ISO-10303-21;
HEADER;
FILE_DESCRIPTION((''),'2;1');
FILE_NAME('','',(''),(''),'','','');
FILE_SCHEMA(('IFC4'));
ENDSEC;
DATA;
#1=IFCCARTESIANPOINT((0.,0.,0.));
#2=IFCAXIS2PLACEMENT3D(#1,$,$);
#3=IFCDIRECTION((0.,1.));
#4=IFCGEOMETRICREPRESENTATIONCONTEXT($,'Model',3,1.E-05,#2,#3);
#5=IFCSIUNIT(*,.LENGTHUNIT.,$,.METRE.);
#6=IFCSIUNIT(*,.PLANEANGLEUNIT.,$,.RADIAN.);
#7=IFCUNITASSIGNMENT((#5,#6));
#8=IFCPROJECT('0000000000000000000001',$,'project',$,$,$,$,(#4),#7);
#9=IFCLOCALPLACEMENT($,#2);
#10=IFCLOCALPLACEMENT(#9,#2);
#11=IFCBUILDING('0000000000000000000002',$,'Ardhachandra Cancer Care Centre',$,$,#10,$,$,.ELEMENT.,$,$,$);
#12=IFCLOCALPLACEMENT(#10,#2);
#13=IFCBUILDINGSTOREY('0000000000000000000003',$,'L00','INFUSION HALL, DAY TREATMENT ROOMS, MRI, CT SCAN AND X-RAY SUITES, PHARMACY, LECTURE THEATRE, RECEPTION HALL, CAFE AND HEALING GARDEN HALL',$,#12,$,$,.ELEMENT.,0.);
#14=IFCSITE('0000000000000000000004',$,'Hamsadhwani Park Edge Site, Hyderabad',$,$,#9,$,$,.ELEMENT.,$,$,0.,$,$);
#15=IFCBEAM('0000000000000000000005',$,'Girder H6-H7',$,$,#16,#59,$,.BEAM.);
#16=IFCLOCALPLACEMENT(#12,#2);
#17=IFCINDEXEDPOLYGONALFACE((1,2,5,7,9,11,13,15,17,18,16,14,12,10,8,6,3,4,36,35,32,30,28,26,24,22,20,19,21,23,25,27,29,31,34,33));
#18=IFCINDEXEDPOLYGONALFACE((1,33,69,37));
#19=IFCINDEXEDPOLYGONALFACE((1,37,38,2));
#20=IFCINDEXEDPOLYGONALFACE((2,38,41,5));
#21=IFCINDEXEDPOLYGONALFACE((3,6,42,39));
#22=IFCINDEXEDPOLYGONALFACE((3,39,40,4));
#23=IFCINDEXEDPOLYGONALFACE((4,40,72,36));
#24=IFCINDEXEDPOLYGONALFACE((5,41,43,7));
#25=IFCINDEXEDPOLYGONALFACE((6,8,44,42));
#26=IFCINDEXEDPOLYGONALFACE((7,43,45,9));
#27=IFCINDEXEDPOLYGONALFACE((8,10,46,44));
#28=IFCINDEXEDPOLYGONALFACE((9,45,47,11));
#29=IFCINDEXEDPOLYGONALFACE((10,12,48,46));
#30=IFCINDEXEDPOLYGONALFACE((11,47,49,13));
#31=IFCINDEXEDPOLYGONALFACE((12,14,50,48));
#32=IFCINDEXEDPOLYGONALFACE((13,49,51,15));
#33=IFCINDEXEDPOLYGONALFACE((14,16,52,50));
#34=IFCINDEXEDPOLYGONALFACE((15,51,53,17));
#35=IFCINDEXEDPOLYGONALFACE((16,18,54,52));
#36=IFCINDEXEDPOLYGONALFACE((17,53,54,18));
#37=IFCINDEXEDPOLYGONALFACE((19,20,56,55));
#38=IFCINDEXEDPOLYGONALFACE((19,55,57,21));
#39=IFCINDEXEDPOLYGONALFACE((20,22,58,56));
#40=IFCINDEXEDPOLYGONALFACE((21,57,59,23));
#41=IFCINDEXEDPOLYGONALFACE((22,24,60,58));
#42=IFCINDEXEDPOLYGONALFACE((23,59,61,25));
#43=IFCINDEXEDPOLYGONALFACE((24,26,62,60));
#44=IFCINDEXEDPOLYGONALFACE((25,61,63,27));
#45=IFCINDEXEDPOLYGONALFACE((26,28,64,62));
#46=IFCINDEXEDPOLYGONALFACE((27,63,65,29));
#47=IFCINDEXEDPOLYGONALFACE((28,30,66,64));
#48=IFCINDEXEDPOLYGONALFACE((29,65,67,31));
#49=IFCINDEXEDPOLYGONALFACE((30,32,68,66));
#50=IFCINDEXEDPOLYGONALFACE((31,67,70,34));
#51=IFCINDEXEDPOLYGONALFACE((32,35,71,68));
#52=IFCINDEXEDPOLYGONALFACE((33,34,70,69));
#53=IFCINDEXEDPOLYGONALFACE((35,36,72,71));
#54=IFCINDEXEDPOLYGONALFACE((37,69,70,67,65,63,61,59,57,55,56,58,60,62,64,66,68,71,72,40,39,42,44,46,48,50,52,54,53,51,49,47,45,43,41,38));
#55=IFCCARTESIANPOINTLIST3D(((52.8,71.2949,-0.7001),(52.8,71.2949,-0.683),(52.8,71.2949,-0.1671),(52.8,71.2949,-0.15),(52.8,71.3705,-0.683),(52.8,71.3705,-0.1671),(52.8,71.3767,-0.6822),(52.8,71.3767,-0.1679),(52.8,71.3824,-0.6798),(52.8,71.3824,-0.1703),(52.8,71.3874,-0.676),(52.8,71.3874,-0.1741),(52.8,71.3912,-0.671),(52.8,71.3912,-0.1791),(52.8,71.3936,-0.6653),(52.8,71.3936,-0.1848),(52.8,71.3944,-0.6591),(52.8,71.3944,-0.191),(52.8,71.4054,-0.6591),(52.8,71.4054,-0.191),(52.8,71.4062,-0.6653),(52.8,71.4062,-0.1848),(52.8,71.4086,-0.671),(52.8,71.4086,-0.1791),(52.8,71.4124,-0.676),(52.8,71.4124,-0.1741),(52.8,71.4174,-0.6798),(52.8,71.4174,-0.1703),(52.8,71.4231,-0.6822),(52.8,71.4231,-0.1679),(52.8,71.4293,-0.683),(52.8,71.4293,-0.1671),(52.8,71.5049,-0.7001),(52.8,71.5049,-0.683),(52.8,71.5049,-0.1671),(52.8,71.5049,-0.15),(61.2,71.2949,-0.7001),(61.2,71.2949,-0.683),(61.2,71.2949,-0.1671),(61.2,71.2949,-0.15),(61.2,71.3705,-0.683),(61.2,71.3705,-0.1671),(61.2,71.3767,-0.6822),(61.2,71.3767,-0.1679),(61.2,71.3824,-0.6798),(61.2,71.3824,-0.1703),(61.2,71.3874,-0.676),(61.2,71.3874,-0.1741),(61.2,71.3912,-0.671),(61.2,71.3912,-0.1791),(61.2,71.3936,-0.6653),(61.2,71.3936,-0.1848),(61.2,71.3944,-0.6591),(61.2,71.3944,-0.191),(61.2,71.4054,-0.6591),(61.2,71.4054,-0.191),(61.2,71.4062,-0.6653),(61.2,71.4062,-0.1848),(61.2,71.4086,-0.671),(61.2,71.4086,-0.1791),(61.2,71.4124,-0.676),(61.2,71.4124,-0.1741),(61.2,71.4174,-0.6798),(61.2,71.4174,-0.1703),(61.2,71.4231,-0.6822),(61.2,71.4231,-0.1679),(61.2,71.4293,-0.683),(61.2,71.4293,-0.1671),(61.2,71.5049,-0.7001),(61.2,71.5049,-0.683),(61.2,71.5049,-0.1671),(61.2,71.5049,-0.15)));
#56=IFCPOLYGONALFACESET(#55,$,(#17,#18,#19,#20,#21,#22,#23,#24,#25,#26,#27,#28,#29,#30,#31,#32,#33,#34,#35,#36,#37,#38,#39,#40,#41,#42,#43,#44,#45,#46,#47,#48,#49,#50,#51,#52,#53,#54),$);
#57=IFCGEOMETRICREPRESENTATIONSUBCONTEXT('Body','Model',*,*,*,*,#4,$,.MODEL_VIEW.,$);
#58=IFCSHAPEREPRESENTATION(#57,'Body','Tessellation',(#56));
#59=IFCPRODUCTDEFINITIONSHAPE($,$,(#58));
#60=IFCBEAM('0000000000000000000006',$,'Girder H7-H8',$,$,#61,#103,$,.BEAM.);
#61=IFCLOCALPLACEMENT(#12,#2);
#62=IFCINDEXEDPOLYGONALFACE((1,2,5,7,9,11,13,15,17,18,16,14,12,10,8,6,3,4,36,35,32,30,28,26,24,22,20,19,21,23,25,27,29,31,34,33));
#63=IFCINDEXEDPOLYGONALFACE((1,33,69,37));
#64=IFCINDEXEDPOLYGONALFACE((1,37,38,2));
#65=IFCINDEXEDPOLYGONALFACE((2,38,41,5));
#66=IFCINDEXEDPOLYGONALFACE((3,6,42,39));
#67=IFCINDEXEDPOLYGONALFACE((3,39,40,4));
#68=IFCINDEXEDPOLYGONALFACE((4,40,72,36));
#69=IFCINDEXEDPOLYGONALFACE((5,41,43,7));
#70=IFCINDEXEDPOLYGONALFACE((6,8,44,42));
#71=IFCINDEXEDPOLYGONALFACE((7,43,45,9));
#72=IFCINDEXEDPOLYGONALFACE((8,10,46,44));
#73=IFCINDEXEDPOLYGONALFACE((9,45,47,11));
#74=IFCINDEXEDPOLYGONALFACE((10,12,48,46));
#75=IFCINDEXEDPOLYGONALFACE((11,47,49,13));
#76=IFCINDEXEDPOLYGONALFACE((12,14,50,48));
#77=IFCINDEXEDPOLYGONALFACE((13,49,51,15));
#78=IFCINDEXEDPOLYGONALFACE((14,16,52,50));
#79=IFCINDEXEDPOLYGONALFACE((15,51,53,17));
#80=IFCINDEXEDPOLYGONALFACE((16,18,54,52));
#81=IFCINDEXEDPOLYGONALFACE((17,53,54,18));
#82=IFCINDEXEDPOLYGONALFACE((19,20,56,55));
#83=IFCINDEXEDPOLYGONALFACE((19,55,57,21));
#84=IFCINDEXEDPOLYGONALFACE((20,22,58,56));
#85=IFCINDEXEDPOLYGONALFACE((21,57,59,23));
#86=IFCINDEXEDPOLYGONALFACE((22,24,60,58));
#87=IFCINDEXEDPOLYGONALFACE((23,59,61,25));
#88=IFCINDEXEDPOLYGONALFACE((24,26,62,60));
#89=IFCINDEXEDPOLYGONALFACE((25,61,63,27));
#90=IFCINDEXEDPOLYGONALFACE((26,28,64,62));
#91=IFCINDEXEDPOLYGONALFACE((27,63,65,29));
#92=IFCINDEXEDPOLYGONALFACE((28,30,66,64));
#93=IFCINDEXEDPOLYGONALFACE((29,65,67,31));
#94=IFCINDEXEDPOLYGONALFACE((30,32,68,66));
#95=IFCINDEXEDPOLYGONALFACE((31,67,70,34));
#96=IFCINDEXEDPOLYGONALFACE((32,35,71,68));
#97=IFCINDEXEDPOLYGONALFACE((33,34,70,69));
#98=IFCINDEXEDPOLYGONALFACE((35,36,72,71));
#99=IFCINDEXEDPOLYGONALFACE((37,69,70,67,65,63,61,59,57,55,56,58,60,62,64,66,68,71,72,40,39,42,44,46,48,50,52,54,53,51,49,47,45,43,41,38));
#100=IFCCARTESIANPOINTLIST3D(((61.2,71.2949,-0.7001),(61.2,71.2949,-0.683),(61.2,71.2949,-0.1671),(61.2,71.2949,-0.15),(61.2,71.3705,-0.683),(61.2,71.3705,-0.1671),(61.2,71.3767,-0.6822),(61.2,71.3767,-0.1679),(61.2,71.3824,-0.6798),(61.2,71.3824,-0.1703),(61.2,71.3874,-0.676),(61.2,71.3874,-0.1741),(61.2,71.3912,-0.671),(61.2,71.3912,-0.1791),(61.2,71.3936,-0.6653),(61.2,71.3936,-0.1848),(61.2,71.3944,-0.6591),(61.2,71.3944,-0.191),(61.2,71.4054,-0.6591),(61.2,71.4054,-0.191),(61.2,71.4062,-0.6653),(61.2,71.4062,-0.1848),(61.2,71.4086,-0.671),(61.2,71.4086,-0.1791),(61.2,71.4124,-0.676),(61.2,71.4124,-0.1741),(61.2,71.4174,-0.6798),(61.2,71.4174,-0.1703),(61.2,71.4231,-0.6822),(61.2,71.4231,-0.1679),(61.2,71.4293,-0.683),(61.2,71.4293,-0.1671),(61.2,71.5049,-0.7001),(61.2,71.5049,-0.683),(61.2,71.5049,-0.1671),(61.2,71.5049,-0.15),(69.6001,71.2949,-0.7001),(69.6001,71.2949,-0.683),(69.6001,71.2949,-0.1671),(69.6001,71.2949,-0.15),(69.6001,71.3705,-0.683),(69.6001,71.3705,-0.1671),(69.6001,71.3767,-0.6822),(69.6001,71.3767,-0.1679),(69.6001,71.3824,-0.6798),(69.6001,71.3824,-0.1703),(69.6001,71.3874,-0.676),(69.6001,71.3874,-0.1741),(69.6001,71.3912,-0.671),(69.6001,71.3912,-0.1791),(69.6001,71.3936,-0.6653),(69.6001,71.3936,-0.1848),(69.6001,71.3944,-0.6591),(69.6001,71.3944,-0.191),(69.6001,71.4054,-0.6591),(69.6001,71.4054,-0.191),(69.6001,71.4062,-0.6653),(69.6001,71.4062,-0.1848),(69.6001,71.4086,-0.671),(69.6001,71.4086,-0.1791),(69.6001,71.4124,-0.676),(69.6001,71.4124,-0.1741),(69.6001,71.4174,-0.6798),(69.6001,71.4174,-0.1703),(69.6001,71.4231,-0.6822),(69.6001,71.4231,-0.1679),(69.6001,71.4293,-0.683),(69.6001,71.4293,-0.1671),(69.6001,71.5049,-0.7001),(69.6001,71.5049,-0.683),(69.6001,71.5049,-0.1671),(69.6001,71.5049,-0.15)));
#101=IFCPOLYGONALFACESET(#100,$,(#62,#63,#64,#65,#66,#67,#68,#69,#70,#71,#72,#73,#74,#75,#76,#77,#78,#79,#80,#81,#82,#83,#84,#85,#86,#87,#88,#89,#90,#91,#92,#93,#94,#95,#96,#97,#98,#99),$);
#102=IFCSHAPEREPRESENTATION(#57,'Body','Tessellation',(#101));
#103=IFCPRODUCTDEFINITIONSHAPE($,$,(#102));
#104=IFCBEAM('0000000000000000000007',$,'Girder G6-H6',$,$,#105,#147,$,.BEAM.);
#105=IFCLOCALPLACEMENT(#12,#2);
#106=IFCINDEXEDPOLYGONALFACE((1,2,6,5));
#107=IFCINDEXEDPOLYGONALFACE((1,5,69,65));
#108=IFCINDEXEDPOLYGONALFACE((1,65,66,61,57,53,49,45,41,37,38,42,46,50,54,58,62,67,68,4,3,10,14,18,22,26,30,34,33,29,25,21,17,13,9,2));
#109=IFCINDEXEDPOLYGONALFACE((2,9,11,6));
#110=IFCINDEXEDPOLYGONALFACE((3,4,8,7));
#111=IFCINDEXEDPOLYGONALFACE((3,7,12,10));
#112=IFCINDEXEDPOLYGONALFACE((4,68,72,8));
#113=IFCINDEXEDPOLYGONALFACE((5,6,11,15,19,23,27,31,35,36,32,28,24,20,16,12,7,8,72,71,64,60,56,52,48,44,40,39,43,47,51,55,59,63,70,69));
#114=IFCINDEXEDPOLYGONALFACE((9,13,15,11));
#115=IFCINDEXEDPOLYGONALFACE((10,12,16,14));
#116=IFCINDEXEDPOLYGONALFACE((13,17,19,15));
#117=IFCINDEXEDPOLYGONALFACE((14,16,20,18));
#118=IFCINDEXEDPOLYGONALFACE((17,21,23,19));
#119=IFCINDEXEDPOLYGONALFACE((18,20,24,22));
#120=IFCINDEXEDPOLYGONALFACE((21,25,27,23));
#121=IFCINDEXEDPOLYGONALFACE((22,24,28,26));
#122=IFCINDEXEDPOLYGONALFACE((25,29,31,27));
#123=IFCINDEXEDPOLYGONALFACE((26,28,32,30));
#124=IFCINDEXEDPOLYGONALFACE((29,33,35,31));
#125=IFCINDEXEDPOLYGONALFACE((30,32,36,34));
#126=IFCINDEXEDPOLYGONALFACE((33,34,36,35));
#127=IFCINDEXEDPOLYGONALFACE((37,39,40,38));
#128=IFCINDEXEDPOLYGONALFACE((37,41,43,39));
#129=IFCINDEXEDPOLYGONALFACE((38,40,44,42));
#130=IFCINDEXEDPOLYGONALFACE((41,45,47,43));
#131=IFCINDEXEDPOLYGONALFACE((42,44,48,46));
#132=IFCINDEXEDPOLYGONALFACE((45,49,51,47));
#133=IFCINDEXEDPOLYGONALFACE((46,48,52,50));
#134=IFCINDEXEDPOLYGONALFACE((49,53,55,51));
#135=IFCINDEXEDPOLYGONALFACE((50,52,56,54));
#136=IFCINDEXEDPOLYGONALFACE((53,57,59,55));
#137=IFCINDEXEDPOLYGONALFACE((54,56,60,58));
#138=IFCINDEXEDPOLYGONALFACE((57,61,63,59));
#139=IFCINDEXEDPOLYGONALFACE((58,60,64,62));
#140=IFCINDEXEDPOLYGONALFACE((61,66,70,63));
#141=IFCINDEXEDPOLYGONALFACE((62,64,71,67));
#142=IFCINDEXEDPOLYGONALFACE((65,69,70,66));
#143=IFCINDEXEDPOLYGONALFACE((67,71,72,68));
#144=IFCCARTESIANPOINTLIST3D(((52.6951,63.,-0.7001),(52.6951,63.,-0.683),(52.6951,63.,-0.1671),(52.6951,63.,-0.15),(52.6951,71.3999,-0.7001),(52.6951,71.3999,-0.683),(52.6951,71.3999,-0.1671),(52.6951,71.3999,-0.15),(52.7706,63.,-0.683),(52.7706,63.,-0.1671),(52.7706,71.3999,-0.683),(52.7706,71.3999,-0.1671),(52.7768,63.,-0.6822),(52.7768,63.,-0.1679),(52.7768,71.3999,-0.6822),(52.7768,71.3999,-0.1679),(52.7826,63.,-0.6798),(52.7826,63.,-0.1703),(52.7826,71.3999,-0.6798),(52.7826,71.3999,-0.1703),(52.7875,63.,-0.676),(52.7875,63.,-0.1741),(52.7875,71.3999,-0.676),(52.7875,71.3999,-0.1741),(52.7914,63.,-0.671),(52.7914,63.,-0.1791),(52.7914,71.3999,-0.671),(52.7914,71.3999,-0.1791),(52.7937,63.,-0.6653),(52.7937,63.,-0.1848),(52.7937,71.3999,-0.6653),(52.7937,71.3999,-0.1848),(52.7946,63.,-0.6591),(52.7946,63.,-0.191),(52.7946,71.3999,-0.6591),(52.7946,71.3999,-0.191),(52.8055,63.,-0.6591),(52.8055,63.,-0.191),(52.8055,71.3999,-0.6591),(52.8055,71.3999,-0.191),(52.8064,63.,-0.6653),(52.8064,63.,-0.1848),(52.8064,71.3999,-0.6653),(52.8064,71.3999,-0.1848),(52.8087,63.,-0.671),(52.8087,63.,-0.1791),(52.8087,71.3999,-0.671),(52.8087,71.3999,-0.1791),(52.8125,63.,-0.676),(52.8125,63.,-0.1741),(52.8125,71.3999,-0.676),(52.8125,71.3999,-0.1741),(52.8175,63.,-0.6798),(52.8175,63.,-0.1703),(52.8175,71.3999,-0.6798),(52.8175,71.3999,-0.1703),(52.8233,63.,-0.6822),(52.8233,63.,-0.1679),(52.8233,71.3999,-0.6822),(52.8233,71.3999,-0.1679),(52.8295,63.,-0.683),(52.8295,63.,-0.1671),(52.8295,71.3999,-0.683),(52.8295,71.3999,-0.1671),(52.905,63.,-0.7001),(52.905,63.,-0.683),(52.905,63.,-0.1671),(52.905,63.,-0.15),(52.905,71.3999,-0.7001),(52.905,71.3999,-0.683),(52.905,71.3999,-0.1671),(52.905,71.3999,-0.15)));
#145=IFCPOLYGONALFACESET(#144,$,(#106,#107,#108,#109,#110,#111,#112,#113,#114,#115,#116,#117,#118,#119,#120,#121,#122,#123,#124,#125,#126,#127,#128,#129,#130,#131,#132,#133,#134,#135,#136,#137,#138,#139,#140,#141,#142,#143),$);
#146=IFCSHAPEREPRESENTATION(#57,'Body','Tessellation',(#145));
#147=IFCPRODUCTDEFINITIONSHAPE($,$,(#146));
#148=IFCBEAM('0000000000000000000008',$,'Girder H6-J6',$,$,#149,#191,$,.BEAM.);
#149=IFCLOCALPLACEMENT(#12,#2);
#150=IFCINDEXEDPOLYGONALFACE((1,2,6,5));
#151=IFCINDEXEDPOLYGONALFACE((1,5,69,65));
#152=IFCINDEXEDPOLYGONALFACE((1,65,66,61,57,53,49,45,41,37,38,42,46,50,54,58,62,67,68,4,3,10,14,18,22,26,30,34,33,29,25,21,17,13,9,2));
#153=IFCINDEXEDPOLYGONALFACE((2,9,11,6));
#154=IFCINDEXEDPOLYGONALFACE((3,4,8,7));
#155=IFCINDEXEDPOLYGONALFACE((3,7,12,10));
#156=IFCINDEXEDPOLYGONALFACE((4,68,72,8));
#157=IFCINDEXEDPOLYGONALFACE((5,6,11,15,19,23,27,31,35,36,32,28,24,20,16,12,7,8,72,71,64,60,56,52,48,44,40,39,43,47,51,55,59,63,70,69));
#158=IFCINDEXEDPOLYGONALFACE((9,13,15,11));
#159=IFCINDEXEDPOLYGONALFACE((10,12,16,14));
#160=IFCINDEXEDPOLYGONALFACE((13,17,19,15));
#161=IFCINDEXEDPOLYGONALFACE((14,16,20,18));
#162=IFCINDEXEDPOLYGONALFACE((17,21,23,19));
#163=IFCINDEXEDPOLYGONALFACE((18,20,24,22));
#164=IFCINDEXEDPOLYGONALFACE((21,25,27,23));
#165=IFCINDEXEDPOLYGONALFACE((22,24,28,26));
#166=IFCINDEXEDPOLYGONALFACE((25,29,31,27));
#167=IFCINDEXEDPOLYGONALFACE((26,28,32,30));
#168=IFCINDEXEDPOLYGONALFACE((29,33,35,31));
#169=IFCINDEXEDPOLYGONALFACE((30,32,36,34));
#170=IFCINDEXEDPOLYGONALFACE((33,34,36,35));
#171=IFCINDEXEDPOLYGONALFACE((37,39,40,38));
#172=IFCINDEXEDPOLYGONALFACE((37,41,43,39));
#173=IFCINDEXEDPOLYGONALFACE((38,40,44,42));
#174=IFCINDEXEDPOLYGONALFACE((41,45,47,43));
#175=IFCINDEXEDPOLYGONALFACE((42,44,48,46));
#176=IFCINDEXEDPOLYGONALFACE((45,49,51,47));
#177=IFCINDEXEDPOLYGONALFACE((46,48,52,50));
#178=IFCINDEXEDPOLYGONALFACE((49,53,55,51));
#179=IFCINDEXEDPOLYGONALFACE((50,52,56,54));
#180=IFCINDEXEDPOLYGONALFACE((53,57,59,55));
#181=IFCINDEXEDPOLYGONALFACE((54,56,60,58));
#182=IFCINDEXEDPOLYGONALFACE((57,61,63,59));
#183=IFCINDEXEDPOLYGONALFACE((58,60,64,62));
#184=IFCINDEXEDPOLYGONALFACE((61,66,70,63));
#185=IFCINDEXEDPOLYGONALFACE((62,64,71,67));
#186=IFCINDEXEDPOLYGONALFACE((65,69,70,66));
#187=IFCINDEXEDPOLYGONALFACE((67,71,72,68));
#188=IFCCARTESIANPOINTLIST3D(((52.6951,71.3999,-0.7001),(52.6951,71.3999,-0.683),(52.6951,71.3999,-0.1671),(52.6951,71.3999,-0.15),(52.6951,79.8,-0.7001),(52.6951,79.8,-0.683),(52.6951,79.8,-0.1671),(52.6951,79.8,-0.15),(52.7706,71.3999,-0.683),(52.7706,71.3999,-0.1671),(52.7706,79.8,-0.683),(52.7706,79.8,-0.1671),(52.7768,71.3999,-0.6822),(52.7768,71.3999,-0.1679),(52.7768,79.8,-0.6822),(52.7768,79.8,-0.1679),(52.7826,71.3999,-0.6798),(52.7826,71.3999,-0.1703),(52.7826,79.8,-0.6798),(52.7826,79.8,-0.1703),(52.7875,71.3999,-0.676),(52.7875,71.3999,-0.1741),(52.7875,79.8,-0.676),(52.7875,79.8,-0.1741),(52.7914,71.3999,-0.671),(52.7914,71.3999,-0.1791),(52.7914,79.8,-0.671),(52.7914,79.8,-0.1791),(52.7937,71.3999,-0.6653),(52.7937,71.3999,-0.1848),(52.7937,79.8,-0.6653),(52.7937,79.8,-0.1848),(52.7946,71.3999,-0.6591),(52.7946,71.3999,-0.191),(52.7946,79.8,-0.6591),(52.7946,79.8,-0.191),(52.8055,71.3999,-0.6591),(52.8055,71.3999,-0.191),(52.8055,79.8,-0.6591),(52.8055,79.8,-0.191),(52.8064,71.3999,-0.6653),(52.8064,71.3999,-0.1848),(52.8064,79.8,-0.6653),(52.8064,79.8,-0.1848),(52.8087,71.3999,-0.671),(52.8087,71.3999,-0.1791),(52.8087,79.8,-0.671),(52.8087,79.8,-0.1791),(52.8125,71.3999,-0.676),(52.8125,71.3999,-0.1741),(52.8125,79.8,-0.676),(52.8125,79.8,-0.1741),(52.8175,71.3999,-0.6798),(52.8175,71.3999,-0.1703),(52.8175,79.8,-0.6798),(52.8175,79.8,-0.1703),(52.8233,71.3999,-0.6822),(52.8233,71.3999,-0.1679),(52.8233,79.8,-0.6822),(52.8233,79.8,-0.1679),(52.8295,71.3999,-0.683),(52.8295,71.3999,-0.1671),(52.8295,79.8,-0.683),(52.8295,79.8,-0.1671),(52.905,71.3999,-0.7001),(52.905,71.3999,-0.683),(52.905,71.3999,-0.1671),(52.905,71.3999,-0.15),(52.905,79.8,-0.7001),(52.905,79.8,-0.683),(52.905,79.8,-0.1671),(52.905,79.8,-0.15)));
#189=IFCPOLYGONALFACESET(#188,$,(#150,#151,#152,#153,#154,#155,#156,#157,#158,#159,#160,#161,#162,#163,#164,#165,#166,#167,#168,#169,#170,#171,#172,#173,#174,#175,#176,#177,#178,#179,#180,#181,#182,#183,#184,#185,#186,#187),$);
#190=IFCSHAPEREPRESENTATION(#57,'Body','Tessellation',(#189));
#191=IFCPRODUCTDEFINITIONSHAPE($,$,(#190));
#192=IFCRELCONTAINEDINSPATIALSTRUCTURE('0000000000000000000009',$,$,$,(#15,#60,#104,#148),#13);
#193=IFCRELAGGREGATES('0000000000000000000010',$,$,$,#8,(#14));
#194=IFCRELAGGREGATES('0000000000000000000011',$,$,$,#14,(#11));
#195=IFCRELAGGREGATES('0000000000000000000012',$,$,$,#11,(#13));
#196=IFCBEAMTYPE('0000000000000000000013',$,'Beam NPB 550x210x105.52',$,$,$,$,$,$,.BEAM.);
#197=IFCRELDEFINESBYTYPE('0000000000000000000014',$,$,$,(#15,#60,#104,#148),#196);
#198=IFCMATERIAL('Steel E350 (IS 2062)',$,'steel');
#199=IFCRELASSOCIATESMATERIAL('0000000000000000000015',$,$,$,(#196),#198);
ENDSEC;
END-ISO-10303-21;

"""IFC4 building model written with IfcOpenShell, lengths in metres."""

from ifc_helpers import new_model, si_unit, direction, frame, origin, origin_2d, place, context, subcontext, project, spatial, i_section, extrude, material, material_profile, profile_set, type_object, element, save


model = new_model("IFC4")

# Units and contexts
model_context = context("Model", 3, precision=1e-05, world=origin(), true_north=direction((0.0, 1.0)))
body_context = subcontext(model_context, "Body", "Model", "MODEL_VIEW")
ifc_project = project(units=[si_unit("LENGTHUNIT", "METRE"), si_unit("PLANEANGLEUNIT", "RADIAN")], contexts=[model_context])

# Site, building, storey
site_placement = place(None, origin())
site = spatial("IfcSite", under=ifc_project, at=site_placement, Name="Hamsadhwani Park Edge Site, Hyderabad", CompositionType="ELEMENT", RefElevation=0.0)
building_placement = place(site_placement, origin())
building = spatial("IfcBuilding", under=site, at=building_placement, Name="Ardhachandra Cancer Care Centre", CompositionType="ELEMENT")
storey_placement = place(building_placement, origin())
storey = spatial("IfcBuildingStorey", under=building, at=storey_placement, Name="L00", Description="INFUSION HALL, DAY TREATMENT ROOMS, MRI, CT SCAN AND X-RAY SUITES, PHARMACY, LECTURE THEATRE, RECEPTION HALL, CAFE AND HEALING GARDEN HALL", CompositionType="ELEMENT", Elevation=0.0)

# Beams
ifc_material_1 = material(Name="Steel E350 (IS 2062)", Category="steel")
ifc_material_profile_1 = material_profile(ifc_material_1, i_section(OverallWidth=0.21, OverallDepth=0.55, WebThickness=0.011, FlangeThickness=0.0171, FilletRadius=0.0239, at=origin_2d()), Name="NPB 550x210x105.52")
ifc_profile_set_1 = profile_set([ifc_material_profile_1], Name="Steel E350 (IS 2062)")
beam_type_1 = type_object("IfcBeamType", Name="Beam NPB 550x210x105.52", PredefinedType="BEAM", material=ifc_profile_set_1)
beam_1_placement = place(storey_placement, frame((52.8, 71.3999, -0.425), z_axis=(1.0, 0.0, 0.0), x_axis=(0.0, 1.0, 0.0)))
element("IfcBeam", 1, at=beam_1_placement, inside=storey, type_object=beam_type_1, Name="Girder H6-H7", PredefinedType="BEAM", context=body_context, shape_type="SweptSolid", body=[
    extrude(i_section(OverallWidth=0.21, OverallDepth=0.55, WebThickness=0.011, FlangeThickness=0.0171, FilletRadius=0.0239, at=origin_2d()), origin(), (0.0, 0.0, 1.0), 8.3999),
])
beam_2_placement = place(storey_placement, frame((61.2, 71.3999, -0.425), z_axis=(1.0, 0.0, 0.0), x_axis=(0.0, 1.0, 0.0)))
element("IfcBeam", 2, at=beam_2_placement, inside=storey, type_object=beam_type_1, Name="Girder H7-H8", PredefinedType="BEAM", context=body_context, shape_type="SweptSolid", body=[
    extrude(i_section(OverallWidth=0.21, OverallDepth=0.55, WebThickness=0.011, FlangeThickness=0.0171, FilletRadius=0.0239, at=origin_2d()), origin(), (0.0, 0.0, 1.0), 8.4001),
])
beam_3_placement = place(storey_placement, frame((52.8, 63.0, -0.425), z_axis=(0.0, 1.0, 0.0), x_axis=(-1.0, 0.0, 0.0)))
element("IfcBeam", 3, at=beam_3_placement, inside=storey, type_object=beam_type_1, Name="Girder G6-H6", PredefinedType="BEAM", context=body_context, shape_type="SweptSolid", body=[
    extrude(i_section(OverallWidth=0.21, OverallDepth=0.55, WebThickness=0.011, FlangeThickness=0.0171, FilletRadius=0.0239, at=origin_2d()), origin(), (0.0, 0.0, 1.0), 8.3999),
])
beam_4_placement = place(storey_placement, frame((52.8, 71.3999, -0.425), z_axis=(0.0, 1.0, 0.0), x_axis=(-1.0, 0.0, 0.0)))
element("IfcBeam", 4, at=beam_4_placement, inside=storey, type_object=beam_type_1, Name="Girder H6-J6", PredefinedType="BEAM", context=body_context, shape_type="SweptSolid", body=[
    extrude(i_section(OverallWidth=0.21, OverallDepth=0.55, WebThickness=0.011, FlangeThickness=0.0171, FilletRadius=0.0239, at=origin_2d()), origin(), (0.0, 0.0, 1.0), 8.4001),
])

save(model, "model.ifc")
